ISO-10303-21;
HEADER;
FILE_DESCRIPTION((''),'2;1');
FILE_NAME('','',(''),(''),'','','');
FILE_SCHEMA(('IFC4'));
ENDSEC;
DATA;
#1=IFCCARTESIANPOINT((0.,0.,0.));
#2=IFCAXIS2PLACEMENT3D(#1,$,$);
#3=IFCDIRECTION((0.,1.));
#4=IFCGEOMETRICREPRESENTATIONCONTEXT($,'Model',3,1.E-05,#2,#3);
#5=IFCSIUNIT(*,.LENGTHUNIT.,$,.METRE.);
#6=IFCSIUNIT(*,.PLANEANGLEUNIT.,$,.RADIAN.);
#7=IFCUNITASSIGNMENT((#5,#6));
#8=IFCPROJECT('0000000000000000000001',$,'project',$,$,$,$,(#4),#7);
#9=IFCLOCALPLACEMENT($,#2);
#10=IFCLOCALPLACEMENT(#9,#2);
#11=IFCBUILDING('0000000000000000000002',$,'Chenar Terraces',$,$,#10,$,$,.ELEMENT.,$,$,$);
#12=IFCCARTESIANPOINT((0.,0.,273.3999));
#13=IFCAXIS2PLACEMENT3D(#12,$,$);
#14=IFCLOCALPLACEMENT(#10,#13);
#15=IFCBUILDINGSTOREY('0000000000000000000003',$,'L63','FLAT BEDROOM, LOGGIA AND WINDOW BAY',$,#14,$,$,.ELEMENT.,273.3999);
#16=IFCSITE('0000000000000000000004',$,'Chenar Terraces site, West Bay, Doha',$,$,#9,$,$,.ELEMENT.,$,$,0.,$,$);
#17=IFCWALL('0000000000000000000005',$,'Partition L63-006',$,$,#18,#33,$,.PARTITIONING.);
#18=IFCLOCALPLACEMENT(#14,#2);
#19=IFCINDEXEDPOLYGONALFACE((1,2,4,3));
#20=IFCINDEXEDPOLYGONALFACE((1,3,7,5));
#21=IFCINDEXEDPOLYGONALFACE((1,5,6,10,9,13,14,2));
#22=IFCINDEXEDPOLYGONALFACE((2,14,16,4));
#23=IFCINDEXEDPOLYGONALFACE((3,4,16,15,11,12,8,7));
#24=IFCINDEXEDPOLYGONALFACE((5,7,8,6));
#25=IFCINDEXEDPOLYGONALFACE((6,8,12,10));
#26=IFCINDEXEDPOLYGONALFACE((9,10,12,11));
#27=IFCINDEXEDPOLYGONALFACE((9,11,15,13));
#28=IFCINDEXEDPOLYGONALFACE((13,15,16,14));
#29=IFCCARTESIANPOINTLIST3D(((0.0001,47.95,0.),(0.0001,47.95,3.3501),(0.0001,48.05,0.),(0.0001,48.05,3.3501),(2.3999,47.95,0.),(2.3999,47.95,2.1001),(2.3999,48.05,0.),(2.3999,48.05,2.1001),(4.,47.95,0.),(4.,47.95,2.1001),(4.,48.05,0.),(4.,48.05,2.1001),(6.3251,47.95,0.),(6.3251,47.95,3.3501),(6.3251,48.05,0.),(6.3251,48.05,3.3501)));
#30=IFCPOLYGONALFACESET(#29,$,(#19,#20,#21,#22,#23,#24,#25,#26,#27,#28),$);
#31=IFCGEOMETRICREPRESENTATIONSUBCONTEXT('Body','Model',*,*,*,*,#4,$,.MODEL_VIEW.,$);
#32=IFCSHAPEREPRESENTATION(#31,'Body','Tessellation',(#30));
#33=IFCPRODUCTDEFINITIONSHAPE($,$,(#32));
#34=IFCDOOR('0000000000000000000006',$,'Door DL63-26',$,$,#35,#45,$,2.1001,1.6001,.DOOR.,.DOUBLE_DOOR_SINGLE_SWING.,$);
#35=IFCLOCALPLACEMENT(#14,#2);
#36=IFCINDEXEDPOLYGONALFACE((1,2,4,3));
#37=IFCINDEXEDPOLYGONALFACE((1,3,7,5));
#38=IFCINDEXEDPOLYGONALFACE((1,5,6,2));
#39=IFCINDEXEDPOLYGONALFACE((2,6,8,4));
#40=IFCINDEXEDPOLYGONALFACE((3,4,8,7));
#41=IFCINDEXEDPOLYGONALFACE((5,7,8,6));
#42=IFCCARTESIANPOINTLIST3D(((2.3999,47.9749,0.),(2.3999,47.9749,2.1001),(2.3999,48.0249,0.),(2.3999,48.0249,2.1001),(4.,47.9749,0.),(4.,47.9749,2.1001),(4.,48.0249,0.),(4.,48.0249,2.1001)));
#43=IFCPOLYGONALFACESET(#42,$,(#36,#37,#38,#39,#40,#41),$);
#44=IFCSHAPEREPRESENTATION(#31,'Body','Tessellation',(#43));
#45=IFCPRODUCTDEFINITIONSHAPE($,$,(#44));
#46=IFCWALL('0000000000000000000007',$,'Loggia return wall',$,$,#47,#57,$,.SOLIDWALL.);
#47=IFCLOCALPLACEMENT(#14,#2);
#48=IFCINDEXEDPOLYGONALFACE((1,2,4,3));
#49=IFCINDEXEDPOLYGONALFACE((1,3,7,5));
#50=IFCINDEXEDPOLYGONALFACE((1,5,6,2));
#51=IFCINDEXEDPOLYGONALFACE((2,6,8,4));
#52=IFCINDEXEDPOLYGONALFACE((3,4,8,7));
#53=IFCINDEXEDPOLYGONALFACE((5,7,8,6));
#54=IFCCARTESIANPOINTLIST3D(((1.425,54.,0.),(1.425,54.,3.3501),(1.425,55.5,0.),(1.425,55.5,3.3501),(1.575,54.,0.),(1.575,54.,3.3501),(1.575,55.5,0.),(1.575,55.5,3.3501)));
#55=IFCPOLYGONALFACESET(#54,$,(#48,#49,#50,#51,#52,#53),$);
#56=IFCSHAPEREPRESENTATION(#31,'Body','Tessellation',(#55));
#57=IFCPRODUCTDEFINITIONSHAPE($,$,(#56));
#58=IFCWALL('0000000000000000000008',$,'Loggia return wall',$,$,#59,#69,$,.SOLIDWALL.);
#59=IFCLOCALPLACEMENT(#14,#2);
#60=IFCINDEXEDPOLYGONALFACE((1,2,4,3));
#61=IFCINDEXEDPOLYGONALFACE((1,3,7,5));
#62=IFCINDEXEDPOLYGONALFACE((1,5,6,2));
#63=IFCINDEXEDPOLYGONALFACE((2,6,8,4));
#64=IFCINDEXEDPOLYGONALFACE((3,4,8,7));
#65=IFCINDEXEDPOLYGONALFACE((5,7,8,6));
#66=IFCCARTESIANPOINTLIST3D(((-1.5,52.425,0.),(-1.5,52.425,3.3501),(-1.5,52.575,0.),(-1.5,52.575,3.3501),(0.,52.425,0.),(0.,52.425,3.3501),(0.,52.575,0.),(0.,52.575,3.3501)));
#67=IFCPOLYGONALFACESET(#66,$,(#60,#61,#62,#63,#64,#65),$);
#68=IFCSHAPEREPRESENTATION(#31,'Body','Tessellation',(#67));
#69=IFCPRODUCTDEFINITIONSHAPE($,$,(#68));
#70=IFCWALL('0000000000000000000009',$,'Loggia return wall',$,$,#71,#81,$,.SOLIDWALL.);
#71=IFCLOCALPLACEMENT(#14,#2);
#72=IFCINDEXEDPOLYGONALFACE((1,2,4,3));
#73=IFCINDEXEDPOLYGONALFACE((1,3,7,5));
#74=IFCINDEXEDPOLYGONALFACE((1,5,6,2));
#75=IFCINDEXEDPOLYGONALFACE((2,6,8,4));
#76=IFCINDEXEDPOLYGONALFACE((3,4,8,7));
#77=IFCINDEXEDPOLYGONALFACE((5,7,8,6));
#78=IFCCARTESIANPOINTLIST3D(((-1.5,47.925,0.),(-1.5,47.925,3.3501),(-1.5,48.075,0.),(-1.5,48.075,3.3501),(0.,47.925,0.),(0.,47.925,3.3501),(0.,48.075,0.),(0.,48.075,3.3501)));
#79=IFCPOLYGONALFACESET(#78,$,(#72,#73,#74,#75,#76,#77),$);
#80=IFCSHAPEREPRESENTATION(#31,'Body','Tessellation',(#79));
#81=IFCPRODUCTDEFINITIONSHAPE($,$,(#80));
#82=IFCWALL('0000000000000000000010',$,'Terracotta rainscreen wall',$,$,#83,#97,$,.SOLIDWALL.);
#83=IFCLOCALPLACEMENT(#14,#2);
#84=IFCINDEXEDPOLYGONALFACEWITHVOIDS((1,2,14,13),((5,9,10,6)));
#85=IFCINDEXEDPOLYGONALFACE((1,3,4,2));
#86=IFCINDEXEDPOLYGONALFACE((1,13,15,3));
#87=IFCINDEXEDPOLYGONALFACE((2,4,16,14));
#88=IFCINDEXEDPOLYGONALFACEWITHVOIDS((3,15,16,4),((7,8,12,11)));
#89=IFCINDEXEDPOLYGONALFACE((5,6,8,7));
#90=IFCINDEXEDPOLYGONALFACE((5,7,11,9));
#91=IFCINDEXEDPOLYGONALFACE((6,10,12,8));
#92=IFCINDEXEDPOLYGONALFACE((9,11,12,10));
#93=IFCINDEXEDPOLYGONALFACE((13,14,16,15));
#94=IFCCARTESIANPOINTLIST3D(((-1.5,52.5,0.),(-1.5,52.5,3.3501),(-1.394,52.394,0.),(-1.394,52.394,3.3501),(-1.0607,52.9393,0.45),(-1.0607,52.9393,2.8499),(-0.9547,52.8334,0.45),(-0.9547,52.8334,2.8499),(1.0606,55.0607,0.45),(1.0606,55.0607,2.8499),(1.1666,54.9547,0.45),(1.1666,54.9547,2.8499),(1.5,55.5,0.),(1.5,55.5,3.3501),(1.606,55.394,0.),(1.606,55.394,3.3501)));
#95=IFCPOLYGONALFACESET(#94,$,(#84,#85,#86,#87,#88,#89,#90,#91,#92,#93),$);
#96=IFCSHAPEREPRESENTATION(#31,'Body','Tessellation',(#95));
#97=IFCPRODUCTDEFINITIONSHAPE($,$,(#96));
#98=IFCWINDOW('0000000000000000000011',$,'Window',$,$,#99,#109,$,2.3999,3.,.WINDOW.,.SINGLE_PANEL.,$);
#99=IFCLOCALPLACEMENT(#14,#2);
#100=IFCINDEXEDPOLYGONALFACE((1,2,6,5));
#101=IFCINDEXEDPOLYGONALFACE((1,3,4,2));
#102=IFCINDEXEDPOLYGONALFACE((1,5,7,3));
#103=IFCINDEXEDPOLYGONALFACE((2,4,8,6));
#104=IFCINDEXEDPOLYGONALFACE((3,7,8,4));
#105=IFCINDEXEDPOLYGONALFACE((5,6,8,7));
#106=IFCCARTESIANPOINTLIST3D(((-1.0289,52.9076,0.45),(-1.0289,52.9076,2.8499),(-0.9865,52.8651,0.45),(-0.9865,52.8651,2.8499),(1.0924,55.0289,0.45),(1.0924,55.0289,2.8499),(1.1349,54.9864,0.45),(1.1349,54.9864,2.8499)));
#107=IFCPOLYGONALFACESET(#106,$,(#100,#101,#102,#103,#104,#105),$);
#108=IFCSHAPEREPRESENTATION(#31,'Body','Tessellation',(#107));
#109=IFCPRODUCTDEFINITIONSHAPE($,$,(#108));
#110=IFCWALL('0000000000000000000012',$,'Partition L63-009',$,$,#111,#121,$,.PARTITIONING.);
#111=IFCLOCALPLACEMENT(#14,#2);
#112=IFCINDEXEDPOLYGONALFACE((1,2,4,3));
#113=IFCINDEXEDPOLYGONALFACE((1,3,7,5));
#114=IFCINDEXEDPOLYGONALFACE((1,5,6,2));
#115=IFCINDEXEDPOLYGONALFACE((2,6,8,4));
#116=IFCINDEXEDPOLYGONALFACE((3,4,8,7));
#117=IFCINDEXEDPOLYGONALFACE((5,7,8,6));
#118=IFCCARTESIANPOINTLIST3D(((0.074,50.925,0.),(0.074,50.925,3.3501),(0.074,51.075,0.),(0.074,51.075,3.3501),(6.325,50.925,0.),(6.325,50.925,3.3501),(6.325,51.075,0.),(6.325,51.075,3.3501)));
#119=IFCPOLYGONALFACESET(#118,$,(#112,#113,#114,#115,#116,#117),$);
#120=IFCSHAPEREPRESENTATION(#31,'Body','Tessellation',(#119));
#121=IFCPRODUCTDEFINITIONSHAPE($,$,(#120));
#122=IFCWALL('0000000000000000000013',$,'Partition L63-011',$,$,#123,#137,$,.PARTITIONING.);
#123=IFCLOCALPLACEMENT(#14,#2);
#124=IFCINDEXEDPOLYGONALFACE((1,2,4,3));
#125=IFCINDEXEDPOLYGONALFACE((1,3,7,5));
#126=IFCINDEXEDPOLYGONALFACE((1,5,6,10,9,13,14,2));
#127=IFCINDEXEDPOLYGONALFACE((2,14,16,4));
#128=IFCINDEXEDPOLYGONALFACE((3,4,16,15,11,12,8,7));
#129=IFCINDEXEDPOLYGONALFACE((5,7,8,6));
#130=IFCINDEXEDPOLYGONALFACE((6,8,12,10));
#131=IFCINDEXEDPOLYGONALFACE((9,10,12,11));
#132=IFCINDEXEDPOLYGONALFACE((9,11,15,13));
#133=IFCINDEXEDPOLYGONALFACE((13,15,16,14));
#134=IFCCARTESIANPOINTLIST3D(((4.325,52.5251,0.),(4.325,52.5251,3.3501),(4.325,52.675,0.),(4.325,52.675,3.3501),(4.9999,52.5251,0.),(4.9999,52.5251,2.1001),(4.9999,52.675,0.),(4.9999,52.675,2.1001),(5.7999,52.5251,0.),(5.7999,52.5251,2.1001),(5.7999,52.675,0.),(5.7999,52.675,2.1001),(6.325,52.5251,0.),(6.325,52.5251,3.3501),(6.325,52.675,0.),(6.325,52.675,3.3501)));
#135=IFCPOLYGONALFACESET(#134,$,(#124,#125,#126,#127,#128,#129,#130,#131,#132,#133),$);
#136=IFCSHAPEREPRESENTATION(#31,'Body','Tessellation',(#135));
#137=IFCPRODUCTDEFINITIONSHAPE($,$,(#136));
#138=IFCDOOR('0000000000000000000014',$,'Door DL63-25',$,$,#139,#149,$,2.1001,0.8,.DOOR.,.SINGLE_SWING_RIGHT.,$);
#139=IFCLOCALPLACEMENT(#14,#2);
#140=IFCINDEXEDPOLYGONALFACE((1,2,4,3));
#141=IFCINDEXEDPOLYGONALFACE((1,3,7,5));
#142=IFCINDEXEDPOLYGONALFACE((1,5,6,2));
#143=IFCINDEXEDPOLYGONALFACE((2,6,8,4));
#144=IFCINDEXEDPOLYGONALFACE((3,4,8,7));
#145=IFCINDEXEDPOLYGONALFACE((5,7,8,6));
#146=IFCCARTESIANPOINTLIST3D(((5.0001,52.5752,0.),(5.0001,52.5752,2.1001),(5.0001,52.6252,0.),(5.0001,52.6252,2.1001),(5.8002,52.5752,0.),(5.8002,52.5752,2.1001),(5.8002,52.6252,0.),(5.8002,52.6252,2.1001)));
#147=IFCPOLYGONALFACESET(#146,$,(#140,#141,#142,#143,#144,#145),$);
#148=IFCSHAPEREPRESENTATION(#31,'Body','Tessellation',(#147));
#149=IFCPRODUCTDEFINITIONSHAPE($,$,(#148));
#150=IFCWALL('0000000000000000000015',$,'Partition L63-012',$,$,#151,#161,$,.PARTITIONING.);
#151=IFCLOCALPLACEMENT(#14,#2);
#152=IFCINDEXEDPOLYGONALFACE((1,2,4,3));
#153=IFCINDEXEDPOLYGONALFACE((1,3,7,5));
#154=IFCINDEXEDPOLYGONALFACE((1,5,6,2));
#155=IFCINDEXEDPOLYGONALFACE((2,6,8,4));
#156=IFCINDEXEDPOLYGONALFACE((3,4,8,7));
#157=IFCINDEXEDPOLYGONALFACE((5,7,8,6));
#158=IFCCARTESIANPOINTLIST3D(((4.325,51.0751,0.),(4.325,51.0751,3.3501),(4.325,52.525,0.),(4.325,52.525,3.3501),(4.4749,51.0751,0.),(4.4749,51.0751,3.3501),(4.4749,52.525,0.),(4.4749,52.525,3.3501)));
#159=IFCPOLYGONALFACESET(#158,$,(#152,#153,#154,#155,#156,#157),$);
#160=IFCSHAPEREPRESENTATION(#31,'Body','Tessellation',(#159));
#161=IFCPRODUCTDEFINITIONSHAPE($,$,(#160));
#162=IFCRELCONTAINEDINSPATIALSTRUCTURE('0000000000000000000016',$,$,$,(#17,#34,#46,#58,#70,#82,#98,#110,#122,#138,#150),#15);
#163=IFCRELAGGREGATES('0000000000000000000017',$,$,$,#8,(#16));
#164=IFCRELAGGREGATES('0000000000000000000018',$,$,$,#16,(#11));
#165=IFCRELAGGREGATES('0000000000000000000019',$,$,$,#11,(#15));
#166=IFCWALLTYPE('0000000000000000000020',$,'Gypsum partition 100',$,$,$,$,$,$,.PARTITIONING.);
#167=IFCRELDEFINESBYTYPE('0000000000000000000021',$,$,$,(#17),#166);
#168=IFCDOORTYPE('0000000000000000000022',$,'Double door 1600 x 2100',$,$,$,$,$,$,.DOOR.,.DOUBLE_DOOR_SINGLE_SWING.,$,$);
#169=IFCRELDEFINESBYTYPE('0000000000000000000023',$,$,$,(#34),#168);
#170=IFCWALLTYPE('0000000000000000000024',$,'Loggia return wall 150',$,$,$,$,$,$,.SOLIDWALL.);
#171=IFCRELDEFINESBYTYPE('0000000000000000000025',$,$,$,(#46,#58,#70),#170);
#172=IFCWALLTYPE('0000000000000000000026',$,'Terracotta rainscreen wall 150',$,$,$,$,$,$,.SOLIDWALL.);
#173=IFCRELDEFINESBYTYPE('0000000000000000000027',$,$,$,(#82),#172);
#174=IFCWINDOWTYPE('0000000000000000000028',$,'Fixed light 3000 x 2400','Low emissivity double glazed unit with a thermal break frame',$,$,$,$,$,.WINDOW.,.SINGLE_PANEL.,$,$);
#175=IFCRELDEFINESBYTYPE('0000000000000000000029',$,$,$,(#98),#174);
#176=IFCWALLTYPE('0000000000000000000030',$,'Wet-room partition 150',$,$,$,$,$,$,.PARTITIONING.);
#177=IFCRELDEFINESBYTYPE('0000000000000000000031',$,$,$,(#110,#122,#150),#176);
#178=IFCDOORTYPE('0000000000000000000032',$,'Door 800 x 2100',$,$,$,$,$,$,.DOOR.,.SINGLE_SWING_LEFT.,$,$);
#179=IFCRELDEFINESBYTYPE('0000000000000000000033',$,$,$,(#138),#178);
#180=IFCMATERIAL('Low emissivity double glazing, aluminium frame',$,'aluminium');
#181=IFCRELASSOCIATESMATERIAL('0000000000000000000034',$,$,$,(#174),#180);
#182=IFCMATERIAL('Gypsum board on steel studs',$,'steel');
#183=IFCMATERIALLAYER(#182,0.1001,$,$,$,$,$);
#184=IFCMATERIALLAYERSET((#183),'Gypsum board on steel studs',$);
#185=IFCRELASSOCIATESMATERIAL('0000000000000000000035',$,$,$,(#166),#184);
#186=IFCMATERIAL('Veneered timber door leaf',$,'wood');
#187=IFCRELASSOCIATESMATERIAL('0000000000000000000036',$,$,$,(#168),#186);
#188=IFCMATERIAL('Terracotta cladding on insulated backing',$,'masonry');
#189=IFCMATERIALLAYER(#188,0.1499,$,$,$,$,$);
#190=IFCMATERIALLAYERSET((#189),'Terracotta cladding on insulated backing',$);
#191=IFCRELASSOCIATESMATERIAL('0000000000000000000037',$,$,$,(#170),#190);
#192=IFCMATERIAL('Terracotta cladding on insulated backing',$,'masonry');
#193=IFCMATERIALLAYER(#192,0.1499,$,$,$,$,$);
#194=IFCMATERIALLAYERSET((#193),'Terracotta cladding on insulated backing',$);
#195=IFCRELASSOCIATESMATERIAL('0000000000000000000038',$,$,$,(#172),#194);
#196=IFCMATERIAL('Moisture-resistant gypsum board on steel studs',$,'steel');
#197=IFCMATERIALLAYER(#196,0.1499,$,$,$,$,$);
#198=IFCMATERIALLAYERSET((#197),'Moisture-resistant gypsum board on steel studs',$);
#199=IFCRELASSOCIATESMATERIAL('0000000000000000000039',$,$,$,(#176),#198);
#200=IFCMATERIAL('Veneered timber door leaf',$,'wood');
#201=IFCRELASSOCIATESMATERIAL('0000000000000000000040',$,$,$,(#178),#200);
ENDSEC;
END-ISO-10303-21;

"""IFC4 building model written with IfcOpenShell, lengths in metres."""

from ifc_helpers import new_model, si_unit, direction, frame, frame_2d, origin, place, context, subcontext, project, spatial, rectangle, extrude, material, layer, layer_set, type_object, element, fill, save


model = new_model("IFC4")

# Units and contexts
model_context = context("Model", 3, precision=1e-05, world=origin(), true_north=direction((0.0, 1.0)))
body_context = subcontext(model_context, "Body", "Model", "MODEL_VIEW")
ifc_project = project(units=[si_unit("LENGTHUNIT", "METRE"), si_unit("PLANEANGLEUNIT", "RADIAN")], contexts=[model_context])

# Site, building, storey
site_placement = place(None, origin())
site = spatial("IfcSite", under=ifc_project, at=site_placement, Name="Chenar Terraces site, West Bay, Doha", CompositionType="ELEMENT", RefElevation=0.0)
building_placement = place(site_placement, origin())
building = spatial("IfcBuilding", under=site, at=building_placement, Name="Chenar Terraces", CompositionType="ELEMENT")
storey_placement = place(building_placement, frame((0.0, 0.0, 273.3999)))
storey = spatial("IfcBuildingStorey", under=building, at=storey_placement, Name="L63", Description="FLAT BEDROOM, LOGGIA AND WINDOW BAY", CompositionType="ELEMENT", Elevation=273.3999)

# Shared definitions
ifc_material_1 = material(Name="Low emissivity double glazing, aluminium frame", Category="aluminium")
window_type_1 = type_object("IfcWindowType", Name="Fixed light 3000 x 2400", Description="Low emissivity double glazed unit with a thermal break frame", PartitioningType="SINGLE_PANEL", PredefinedType="WINDOW", material=ifc_material_1)

# Wall, opening, door
ifc_material_2 = material(Name="Gypsum board on steel studs", Category="steel")
ifc_layer_1 = layer(ifc_material_2, 0.1001)
ifc_layer_set_1 = layer_set([ifc_layer_1], Name="Gypsum board on steel studs")
wall_type_1 = type_object("IfcWallType", Name="Gypsum partition 100", PredefinedType="PARTITIONING", material=ifc_layer_set_1)
wall_1_placement = place(storey_placement, frame((0.0, 48.0, 0.0), z_axis=(0.0, 0.0, 1.0), x_axis=(1.0, 0.0, 0.0)))
wall_1 = element("IfcWall", 1, at=wall_1_placement, inside=storey, type_object=wall_type_1, Name="Partition L63-006", PredefinedType="PARTITIONING", context=body_context, shape_type="SweptSolid", body=[
    extrude(rectangle(XDim=6.325, YDim=0.1001, at=frame_2d((3.1626, 0.0))), origin(), (0.0, 0.0, 1.0), 3.3501),
])
opening_1_placement = place(wall_1_placement, frame((2.3999, 0.0, 0.0)))
opening_1 = element("IfcOpeningElement", 2, at=opening_1_placement, cuts=wall_1, PredefinedType="OPENING", context=body_context, shape_type="SweptSolid", body=[
    extrude(rectangle(XDim=1.6001, YDim=2.1001, at=frame_2d((0.8, 1.05))), frame((0.0, 0.0601, 0.0), z_axis=(0.0, -1.0, 0.0), x_axis=(1.0, 0.0, 0.0)), (0.0, 0.0, 1.0), 0.1201),
])
ifc_material_3 = material(Name="Veneered timber door leaf", Category="wood")
door_type_1 = type_object("IfcDoorType", Name="Double door 1600 x 2100", OperationType="DOUBLE_DOOR_SINGLE_SWING", PredefinedType="DOOR", material=ifc_material_3)
door_1_placement = place(opening_1_placement, origin())
door_1 = element("IfcDoor", 3, at=door_1_placement, inside=storey, type_object=door_type_1, Name="Door DL63-26", OperationType="DOUBLE_DOOR_SINGLE_SWING", OverallHeight=2.1001, OverallWidth=1.6001, PredefinedType="DOOR", context=body_context, shape_type="SweptSolid", body=[
    extrude(rectangle(XDim=1.6001, YDim=2.1001, at=frame_2d((0.8, 1.05))), frame((0.0, 0.0249, 0.0), z_axis=(0.0, -1.0, 0.0), x_axis=(1.0, 0.0, 0.0)), (0.0, 0.0, 1.0), 0.05),
])
fill(opening_1, door_1)

# Walls
ifc_material_4 = material(Name="Terracotta cladding on insulated backing", Category="masonry")
ifc_layer_2 = layer(ifc_material_4, 0.1499)
ifc_layer_set_2 = layer_set([ifc_layer_2], Name="Terracotta cladding on insulated backing")
wall_type_2 = type_object("IfcWallType", Name="Loggia return wall 150", PredefinedType="SOLIDWALL", material=ifc_layer_set_2)
for number, where, z_axis, x_axis, name in (
    (4, (1.5, 55.5, 0.0), (0.0, 0.0, 1.0), (0.0, -1.0, 0.0), "Loggia return wall"),
    (5, (-1.5, 52.5, 0.0), (0.0, 0.0, 1.0), (1.0, 0.0, 0.0), "Loggia return wall"),
    (6, (-1.5, 48.0, 0.0), (0.0, 0.0, 1.0), (1.0, 0.0, 0.0), "Loggia return wall"),
):
    element("IfcWall", number, at=place(storey_placement, frame(where, z_axis=z_axis, x_axis=x_axis)), inside=storey, type_object=wall_type_2, Name=name, PredefinedType="SOLIDWALL", context=body_context, shape_type="SweptSolid", body=[
        extrude(rectangle(XDim=1.5, YDim=0.1499, at=frame_2d((0.75, 0.0))), origin(), (0.0, 0.0, 1.0), 3.3501),
    ])

# Wall, opening, window
ifc_material_5 = material(Name="Terracotta cladding on insulated backing", Category="masonry")
ifc_layer_3 = layer(ifc_material_5, 0.1499)
ifc_layer_set_3 = layer_set([ifc_layer_3], Name="Terracotta cladding on insulated backing")
wall_type_3 = type_object("IfcWallType", Name="Terracotta rainscreen wall 150", PredefinedType="SOLIDWALL", material=ifc_layer_set_3)
wall_2_placement = place(storey_placement, frame((1.553, 55.447, 0.0), z_axis=(0.0, 0.0, 1.0), x_axis=(-0.707107, -0.707107, 0.0)))
wall_2 = element("IfcWall", 7, at=wall_2_placement, inside=storey, type_object=wall_type_3, Name="Terracotta rainscreen wall", PredefinedType="SOLIDWALL", context=body_context, shape_type="SweptSolid", body=[
    extrude(rectangle(XDim=4.2427, YDim=0.1499, at=frame_2d((2.1213, 0.0))), origin(), (0.0, 0.0, 1.0), 3.3501),
])
opening_2_placement = place(wall_2_placement, frame((0.6213, 0.0, 0.45)))
opening_2 = element("IfcOpeningElement", 8, at=opening_2_placement, cuts=wall_2, PredefinedType="OPENING", context=body_context, shape_type="SweptSolid", body=[
    extrude(rectangle(XDim=3.0, YDim=2.3999, at=frame_2d((1.5, 1.2))), frame((0.0, 0.085, 0.0), z_axis=(0.0, -1.0, 0.0), x_axis=(1.0, 0.0, 0.0)), (0.0, 0.0, 1.0), 0.1699),
])
window_1_placement = place(opening_2_placement, origin())
window_1 = element("IfcWindow", 9, at=window_1_placement, inside=storey, type_object=window_type_1, Name="Window", OverallHeight=2.3999, OverallWidth=3.0, PartitioningType="SINGLE_PANEL", PredefinedType="WINDOW", context=body_context, shape_type="SweptSolid", body=[
    extrude(rectangle(XDim=3.0, YDim=2.3999, at=frame_2d((1.5, 1.2))), frame((0.0, 0.03, 0.0), z_axis=(0.0, -1.0, 0.0), x_axis=(1.0, 0.0, 0.0)), (0.0, 0.0, 1.0), 0.0601),
])
fill(opening_2, window_1)

# Wall
ifc_material_6 = material(Name="Moisture-resistant gypsum board on steel studs", Category="steel")
ifc_layer_4 = layer(ifc_material_6, 0.1499)
ifc_layer_set_4 = layer_set([ifc_layer_4], Name="Moisture-resistant gypsum board on steel studs")
wall_type_4 = type_object("IfcWallType", Name="Wet-room partition 150", PredefinedType="PARTITIONING", material=ifc_layer_set_4)
wall_3_placement = place(storey_placement, frame((0.074, 51.0, 0.0), z_axis=(0.0, 0.0, 1.0), x_axis=(1.0, 0.0, 0.0)))
element("IfcWall", 10, at=wall_3_placement, inside=storey, type_object=wall_type_4, Name="Partition L63-009", PredefinedType="PARTITIONING", context=body_context, shape_type="SweptSolid", body=[
    extrude(rectangle(XDim=6.251, YDim=0.1499, at=frame_2d((3.1255, 0.0))), origin(), (0.0, 0.0, 1.0), 3.3501),
])

# Wall, opening, door
wall_4_placement = place(storey_placement, frame((4.325, 52.6001, 0.0), z_axis=(0.0, 0.0, 1.0), x_axis=(1.0, 0.0, 0.0)))
wall_4 = element("IfcWall", 11, at=wall_4_placement, inside=storey, type_object=wall_type_4, Name="Partition L63-011", PredefinedType="PARTITIONING", context=body_context, shape_type="SweptSolid", body=[
    extrude(rectangle(XDim=2.0, YDim=0.1499, at=frame_2d((1.0, 0.0))), origin(), (0.0, 0.0, 1.0), 3.3501),
])
opening_3_placement = place(wall_4_placement, frame((0.675, 0.0, 0.0)))
opening_3 = element("IfcOpeningElement", 12, at=opening_3_placement, cuts=wall_4, PredefinedType="OPENING", context=body_context, shape_type="SweptSolid", body=[
    extrude(rectangle(XDim=0.8, YDim=2.1001, at=frame_2d((0.3999, 1.05))), frame((0.0, 0.085, 0.0), z_axis=(0.0, -1.0, 0.0), x_axis=(1.0, 0.0, 0.0)), (0.0, 0.0, 1.0), 0.1699),
])
ifc_material_7 = material(Name="Veneered timber door leaf", Category="wood")
door_type_2 = type_object("IfcDoorType", Name="Door 800 x 2100", OperationType="SINGLE_SWING_LEFT", PredefinedType="DOOR", material=ifc_material_7)
door_2_placement = place(opening_3_placement, frame((0.8, 0.0, 0.0), z_axis=(0.0, 0.0, 1.0), x_axis=(-1.0, 0.0, 0.0)))
door_2 = element("IfcDoor", 13, at=door_2_placement, inside=storey, type_object=door_type_2, Name="Door DL63-25", OperationType="SINGLE_SWING_RIGHT", OverallHeight=2.1001, OverallWidth=0.8, PredefinedType="DOOR", context=body_context, shape_type="SweptSolid", body=[
    extrude(rectangle(XDim=0.8, YDim=2.1001, at=frame_2d((0.3999, 1.05))), frame((0.0, 0.0249, 0.0), z_axis=(0.0, -1.0, 0.0), x_axis=(1.0, 0.0, 0.0)), (0.0, 0.0, 1.0), 0.05),
])
fill(opening_3, door_2)

# Wall
wall_5_placement = place(storey_placement, frame((4.3999, 51.075, 0.0), z_axis=(0.0, 0.0, 1.0), x_axis=(0.0, 1.0, 0.0)))
element("IfcWall", 14, at=wall_5_placement, inside=storey, type_object=wall_type_4, Name="Partition L63-012", PredefinedType="PARTITIONING", context=body_context, shape_type="SweptSolid", body=[
    extrude(rectangle(XDim=1.45, YDim=0.1499, at=frame_2d((0.7251, 0.0))), origin(), (0.0, 0.0, 1.0), 3.3501),
])

save(model, "model.ifc")
